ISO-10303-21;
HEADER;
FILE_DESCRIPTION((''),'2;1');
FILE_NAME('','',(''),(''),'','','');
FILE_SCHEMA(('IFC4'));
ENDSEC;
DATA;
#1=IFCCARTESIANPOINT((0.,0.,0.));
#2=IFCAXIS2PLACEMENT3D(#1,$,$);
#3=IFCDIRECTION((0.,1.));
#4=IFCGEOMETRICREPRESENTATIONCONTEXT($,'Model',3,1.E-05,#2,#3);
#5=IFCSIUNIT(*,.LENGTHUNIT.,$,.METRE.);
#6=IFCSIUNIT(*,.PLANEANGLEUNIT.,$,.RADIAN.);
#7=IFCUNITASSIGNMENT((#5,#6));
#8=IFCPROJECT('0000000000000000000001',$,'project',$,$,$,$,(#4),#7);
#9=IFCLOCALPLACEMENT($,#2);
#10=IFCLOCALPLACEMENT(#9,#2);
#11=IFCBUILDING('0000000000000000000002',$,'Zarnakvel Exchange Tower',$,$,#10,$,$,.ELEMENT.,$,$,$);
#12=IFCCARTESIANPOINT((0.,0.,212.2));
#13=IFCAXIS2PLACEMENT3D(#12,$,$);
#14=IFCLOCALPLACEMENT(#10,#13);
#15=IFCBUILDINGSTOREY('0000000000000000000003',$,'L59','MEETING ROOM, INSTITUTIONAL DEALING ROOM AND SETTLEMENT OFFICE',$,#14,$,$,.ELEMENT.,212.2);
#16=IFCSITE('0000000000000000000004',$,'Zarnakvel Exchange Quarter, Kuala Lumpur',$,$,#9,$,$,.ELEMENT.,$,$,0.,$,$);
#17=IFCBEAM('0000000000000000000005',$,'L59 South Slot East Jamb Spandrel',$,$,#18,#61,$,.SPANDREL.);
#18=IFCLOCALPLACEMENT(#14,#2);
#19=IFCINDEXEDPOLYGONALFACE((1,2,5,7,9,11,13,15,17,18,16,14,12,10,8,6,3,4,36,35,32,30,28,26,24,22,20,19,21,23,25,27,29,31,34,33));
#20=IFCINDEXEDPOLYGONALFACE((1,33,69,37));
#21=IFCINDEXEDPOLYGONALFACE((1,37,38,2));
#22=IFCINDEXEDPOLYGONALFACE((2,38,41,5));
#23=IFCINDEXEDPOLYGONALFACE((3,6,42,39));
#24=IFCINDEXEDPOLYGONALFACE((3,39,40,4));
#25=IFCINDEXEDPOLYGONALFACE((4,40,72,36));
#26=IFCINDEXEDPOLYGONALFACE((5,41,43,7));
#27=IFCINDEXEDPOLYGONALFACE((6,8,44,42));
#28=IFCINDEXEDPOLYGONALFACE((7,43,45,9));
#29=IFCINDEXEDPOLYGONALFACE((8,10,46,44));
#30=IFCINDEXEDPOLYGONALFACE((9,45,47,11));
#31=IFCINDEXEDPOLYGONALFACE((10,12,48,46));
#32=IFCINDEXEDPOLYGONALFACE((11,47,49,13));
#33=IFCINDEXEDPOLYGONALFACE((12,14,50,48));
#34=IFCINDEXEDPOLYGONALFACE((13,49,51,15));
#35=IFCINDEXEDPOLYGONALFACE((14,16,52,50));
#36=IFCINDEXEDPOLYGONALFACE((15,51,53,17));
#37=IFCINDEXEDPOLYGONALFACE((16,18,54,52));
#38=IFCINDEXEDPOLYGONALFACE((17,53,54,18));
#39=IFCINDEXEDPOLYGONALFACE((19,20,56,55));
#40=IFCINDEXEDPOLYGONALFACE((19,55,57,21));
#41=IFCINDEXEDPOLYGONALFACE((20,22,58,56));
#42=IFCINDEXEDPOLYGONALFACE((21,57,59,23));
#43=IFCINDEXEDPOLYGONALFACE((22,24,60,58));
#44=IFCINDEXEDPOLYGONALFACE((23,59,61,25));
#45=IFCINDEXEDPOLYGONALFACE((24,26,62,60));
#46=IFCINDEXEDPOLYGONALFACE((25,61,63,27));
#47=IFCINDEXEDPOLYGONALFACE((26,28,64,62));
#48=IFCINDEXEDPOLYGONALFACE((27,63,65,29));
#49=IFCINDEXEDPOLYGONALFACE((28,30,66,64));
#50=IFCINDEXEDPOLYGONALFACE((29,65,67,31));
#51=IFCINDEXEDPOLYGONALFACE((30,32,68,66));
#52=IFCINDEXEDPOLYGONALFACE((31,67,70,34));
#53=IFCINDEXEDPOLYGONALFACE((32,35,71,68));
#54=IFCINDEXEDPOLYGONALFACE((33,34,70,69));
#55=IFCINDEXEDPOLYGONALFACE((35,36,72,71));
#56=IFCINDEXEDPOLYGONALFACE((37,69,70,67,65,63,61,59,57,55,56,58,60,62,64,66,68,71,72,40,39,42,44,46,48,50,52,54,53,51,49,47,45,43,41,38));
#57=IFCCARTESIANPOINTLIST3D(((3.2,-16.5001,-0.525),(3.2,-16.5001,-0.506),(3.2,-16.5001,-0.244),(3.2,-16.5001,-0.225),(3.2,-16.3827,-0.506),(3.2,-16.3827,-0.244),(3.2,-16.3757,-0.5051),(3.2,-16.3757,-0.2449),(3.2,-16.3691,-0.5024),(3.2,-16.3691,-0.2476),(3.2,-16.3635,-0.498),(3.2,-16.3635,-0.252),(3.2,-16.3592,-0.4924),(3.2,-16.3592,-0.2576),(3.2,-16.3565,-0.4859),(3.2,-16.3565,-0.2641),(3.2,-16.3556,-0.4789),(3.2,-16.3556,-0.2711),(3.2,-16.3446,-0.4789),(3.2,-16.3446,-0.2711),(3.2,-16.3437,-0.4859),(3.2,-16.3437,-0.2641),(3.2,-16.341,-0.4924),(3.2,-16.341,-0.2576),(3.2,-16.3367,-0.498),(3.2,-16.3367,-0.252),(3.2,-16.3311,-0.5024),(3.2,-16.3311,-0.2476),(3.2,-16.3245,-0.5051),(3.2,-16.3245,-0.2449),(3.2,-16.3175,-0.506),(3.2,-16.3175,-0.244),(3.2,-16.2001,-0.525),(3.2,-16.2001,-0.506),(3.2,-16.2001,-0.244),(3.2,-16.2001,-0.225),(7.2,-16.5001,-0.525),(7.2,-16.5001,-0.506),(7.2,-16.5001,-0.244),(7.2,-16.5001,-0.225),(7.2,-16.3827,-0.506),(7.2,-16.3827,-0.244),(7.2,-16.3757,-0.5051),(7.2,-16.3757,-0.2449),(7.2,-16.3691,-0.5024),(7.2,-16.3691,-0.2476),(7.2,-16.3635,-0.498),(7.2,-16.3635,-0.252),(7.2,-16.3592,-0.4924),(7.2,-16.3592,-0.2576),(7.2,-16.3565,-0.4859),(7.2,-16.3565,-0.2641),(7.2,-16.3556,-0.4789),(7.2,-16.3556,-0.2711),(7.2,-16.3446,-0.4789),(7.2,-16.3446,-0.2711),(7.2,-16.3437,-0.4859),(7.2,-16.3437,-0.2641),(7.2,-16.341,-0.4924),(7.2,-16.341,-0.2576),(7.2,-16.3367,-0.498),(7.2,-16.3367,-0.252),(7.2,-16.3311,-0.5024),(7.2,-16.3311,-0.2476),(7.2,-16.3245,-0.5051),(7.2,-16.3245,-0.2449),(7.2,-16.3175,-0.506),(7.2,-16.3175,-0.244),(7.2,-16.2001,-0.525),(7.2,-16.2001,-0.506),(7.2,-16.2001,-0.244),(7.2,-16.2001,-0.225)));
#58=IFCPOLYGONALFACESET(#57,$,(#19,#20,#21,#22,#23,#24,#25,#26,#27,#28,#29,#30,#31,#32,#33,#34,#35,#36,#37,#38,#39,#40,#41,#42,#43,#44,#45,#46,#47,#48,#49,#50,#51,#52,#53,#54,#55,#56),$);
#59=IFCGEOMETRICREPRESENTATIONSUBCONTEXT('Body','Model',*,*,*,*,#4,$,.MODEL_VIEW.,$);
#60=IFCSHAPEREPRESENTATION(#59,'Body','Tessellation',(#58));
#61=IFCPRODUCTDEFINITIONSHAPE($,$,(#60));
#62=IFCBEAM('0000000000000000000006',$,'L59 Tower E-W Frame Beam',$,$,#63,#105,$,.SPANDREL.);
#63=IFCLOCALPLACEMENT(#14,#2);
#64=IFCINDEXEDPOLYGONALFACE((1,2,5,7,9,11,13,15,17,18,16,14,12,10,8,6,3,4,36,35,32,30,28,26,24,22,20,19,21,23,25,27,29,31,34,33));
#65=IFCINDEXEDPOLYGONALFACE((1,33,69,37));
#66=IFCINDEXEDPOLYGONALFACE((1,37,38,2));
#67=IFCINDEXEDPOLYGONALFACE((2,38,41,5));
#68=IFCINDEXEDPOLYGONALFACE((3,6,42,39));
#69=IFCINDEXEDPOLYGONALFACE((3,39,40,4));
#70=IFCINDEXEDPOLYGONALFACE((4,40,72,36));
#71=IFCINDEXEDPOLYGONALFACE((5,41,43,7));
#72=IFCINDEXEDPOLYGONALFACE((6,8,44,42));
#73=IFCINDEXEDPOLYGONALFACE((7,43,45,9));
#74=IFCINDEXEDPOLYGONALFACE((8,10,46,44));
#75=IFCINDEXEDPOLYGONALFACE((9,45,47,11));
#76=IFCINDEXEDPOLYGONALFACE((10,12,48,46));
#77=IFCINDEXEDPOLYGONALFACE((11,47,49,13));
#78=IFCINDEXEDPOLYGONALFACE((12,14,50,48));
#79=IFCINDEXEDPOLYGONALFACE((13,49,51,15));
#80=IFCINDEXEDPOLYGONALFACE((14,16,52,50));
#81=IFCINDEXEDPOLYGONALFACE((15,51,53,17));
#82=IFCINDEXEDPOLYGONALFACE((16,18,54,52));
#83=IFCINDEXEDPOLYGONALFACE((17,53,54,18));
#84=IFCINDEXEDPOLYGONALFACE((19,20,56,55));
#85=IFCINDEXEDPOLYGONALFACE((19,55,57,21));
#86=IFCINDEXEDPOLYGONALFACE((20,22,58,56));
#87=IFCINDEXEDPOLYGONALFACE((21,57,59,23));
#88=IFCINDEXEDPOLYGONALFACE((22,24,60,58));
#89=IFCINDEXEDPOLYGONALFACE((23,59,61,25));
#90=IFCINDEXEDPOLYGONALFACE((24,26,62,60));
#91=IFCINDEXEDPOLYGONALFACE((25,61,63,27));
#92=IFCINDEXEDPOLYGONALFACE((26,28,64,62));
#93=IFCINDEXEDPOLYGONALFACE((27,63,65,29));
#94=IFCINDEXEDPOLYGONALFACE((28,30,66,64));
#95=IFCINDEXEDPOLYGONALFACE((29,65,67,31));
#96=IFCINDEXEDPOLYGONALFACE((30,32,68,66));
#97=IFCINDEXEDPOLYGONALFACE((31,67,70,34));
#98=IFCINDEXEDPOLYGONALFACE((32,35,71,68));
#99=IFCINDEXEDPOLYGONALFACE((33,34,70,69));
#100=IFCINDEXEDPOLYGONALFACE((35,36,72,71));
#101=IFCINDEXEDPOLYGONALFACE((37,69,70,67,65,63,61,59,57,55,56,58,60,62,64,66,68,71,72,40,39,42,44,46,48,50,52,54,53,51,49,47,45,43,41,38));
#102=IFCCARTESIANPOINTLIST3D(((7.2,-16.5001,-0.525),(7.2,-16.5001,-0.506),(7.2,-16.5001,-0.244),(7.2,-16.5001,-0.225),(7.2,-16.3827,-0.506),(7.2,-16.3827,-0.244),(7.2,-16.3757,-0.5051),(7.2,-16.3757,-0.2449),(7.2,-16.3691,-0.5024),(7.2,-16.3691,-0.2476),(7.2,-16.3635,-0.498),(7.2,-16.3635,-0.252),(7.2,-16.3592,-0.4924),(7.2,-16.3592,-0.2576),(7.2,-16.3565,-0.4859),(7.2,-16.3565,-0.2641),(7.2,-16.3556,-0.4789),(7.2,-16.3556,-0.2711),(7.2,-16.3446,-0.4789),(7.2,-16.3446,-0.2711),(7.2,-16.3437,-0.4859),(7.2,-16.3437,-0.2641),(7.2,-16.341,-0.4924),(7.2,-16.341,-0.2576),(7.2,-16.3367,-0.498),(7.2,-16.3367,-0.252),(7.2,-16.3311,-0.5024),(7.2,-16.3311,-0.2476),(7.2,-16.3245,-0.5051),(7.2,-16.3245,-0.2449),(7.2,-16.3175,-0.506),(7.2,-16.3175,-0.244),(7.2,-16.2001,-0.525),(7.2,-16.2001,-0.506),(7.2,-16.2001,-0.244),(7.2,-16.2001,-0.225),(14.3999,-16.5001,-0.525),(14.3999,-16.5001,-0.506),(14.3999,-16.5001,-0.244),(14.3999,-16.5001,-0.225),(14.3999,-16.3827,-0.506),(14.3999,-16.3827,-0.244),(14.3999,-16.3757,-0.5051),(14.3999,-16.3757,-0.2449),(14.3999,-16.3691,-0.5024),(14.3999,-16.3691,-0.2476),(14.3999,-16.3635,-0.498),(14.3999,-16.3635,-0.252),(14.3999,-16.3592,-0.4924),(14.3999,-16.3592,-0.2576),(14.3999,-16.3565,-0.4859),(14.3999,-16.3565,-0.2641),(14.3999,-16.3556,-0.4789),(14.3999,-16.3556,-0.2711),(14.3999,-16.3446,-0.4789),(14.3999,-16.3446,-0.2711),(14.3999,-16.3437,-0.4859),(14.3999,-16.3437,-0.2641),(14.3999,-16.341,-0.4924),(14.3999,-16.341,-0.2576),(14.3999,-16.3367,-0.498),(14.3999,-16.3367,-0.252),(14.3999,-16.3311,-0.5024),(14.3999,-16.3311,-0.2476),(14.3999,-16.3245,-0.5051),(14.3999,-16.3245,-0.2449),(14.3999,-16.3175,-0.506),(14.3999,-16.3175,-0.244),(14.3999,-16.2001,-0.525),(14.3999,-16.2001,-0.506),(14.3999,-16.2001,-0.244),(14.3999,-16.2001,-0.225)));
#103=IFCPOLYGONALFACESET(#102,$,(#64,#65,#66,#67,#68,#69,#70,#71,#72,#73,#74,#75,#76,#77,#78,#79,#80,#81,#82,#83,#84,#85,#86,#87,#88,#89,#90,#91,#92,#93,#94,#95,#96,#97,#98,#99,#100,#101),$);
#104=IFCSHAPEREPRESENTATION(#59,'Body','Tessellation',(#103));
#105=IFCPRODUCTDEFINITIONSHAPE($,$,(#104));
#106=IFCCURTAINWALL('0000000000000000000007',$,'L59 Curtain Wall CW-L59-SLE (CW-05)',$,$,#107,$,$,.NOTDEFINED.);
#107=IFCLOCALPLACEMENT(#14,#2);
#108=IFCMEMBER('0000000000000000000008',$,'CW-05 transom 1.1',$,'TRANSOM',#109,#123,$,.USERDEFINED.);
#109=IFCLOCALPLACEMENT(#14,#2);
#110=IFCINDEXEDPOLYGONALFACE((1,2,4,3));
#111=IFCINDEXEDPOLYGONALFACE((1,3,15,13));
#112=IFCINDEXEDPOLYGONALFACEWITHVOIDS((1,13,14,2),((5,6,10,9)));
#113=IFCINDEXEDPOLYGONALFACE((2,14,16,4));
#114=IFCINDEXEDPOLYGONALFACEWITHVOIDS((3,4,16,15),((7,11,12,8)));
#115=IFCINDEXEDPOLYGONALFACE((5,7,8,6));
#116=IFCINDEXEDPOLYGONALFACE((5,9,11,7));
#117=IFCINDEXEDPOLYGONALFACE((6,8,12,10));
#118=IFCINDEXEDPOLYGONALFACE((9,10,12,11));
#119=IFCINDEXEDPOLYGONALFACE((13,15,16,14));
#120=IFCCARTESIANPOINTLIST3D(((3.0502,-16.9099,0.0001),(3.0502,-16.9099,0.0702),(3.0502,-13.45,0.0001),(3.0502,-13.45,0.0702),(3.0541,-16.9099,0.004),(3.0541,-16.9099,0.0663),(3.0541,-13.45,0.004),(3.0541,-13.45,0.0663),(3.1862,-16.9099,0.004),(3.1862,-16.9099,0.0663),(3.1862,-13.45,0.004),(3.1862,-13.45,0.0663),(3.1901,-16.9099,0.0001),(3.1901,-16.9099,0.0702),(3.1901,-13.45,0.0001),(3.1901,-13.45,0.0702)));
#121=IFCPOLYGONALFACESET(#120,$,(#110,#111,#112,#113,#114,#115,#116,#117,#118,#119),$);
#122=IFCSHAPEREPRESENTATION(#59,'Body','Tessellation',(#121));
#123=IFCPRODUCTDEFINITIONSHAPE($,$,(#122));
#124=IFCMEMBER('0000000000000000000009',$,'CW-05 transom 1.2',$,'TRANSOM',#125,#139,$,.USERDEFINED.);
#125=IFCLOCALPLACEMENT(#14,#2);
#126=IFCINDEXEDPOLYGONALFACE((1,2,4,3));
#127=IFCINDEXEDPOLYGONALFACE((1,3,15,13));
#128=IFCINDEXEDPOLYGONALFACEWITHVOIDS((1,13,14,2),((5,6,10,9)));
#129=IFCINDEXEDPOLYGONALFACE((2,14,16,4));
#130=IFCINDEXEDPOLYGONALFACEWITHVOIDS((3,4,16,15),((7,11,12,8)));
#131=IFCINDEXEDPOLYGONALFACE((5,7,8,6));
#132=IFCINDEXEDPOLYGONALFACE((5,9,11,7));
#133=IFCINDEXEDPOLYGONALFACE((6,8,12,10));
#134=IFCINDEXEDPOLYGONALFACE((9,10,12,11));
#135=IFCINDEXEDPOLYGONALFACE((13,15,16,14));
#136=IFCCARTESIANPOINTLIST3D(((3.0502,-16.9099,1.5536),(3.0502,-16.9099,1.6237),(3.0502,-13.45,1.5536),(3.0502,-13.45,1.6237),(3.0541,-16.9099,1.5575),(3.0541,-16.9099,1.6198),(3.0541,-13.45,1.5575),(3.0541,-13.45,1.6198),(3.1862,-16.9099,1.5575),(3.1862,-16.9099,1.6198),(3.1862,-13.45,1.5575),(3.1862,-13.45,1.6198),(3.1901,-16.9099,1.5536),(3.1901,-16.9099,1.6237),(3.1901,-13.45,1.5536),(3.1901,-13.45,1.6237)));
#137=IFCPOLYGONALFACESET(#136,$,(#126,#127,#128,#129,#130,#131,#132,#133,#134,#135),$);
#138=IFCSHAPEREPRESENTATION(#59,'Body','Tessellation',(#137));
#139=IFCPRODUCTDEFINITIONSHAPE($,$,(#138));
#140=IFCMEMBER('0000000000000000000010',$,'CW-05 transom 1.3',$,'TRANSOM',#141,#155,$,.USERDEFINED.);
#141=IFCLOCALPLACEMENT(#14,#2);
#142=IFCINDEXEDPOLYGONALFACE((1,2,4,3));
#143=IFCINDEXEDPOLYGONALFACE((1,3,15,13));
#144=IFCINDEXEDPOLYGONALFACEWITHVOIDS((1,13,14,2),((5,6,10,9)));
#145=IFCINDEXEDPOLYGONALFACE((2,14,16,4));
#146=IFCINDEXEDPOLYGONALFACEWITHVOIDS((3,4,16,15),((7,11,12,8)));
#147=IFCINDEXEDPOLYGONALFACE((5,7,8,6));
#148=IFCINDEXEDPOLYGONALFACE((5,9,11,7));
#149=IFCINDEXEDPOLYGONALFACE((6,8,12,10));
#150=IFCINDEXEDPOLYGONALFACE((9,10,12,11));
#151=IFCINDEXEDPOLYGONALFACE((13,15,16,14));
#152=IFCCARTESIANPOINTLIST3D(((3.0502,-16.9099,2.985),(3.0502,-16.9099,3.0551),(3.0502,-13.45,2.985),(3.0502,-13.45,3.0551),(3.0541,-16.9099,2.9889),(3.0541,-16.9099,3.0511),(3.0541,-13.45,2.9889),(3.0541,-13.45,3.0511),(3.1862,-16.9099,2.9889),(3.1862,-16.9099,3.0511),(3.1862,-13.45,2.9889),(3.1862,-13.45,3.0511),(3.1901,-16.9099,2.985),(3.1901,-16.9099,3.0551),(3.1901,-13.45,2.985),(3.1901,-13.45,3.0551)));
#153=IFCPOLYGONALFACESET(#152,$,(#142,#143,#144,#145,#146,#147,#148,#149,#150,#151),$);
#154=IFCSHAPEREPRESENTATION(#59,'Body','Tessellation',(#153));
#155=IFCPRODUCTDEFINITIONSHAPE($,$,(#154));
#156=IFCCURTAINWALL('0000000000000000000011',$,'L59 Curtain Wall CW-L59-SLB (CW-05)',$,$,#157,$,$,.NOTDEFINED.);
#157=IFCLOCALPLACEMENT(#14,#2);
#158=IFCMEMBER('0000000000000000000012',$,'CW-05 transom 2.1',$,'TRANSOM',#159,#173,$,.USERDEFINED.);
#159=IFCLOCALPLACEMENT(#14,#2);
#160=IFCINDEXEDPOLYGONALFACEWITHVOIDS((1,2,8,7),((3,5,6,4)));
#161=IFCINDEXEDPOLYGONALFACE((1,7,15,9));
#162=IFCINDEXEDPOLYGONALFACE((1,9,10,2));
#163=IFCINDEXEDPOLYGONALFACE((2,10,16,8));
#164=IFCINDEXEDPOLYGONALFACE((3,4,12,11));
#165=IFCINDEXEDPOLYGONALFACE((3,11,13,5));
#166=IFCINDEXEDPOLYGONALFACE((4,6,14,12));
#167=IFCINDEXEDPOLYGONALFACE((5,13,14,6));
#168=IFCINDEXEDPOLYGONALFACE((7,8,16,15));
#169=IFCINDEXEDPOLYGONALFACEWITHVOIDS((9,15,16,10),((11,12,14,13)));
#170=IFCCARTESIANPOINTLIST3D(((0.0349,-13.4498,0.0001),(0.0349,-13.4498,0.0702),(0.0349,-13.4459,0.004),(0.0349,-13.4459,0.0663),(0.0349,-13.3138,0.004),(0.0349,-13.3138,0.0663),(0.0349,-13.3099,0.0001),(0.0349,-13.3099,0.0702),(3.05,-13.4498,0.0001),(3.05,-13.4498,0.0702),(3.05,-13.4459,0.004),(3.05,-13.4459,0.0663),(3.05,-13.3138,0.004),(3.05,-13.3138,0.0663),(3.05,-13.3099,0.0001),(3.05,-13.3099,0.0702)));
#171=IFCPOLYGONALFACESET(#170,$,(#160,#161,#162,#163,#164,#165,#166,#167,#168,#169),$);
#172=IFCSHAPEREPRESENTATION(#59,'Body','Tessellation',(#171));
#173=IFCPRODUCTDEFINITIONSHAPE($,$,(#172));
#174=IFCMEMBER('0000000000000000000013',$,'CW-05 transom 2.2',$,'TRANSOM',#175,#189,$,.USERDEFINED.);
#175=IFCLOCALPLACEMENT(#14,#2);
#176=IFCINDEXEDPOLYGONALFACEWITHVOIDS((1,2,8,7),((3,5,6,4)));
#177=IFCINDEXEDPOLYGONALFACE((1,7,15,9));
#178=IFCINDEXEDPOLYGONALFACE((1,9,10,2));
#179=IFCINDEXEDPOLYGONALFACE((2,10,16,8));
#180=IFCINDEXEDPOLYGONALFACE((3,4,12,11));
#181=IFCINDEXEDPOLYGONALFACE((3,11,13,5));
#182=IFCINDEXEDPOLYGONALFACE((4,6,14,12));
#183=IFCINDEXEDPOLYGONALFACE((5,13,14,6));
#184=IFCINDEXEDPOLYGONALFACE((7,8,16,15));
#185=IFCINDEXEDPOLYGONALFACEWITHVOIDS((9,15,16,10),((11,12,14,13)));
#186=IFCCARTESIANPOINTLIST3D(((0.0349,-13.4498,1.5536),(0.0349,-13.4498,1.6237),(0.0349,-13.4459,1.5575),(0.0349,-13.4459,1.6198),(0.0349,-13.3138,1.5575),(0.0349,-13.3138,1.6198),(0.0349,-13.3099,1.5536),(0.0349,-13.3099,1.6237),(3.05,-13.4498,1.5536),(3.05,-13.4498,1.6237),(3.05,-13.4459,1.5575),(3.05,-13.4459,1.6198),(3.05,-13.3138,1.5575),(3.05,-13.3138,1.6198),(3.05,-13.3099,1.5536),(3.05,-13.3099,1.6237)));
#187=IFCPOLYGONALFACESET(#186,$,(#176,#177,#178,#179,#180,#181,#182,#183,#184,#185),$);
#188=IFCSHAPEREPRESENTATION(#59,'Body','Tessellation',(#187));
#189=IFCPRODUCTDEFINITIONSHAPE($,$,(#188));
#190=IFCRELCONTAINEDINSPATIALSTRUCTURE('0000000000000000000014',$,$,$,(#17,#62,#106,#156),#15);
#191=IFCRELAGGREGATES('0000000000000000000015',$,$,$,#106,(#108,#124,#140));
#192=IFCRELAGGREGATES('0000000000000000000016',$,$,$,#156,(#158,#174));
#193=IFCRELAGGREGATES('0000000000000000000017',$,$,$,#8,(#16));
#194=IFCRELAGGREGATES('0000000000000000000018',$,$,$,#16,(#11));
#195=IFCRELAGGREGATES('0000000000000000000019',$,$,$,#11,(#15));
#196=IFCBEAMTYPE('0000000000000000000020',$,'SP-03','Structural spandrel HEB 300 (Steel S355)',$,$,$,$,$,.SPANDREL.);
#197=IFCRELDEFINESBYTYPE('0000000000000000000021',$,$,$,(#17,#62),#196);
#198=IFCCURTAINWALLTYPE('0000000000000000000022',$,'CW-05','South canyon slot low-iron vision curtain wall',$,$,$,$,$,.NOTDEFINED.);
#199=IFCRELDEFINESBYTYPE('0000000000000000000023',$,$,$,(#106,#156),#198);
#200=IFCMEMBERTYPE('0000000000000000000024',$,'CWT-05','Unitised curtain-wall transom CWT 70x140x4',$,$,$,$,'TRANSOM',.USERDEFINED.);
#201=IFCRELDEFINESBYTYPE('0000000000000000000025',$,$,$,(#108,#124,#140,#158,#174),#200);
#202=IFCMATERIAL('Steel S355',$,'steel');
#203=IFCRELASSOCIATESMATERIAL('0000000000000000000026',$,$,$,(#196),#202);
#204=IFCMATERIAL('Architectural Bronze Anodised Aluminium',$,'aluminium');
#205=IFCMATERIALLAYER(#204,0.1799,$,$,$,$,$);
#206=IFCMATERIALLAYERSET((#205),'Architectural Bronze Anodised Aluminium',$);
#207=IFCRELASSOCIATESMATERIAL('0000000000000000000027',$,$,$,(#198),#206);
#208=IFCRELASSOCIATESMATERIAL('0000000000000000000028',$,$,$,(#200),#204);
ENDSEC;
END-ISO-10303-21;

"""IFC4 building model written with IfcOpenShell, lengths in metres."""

from ifc_helpers import new_model, si_unit, direction, frame, origin, origin_2d, place, context, subcontext, project, spatial, hollow_rectangle, i_section, extrude, source, transform, mapped, material, layer, layer_set, material_profile, profile_set, type_object, element, aggregate, save


model = new_model("IFC4")

# Units and contexts
model_context = context("Model", 3, precision=1e-05, world=origin(), true_north=direction((0.0, 1.0)))
body_context = subcontext(model_context, "Body", "Model", "MODEL_VIEW")
ifc_project = project(units=[si_unit("LENGTHUNIT", "METRE"), si_unit("PLANEANGLEUNIT", "RADIAN")], contexts=[model_context])

# Site, building, storey
site_placement = place(None, origin())
site = spatial("IfcSite", under=ifc_project, at=site_placement, Name="Zarnakvel Exchange Quarter, Kuala Lumpur", CompositionType="ELEMENT", RefElevation=0.0)
building_placement = place(site_placement, origin())
building = spatial("IfcBuilding", under=site, at=building_placement, Name="Zarnakvel Exchange Tower", CompositionType="ELEMENT")
storey_placement = place(building_placement, frame((0.0, 0.0, 212.2)))
storey = spatial("IfcBuildingStorey", under=building, at=storey_placement, Name="L59", Description="MEETING ROOM, INSTITUTIONAL DEALING ROOM AND SETTLEMENT OFFICE", CompositionType="ELEMENT", Elevation=212.2)

# Beams
ifc_material_1 = material(Name="Steel S355", Category="steel")
ifc_material_profile_1 = material_profile(ifc_material_1, i_section(OverallWidth=0.3, OverallDepth=0.3, WebThickness=0.011, FlangeThickness=0.019, FilletRadius=0.0271, at=origin_2d()))
ifc_profile_set_1 = profile_set([ifc_material_profile_1], Name="Steel S355")
beam_type_1 = type_object("IfcBeamType", Name="SP-03", Description="Structural spandrel HEB 300 (Steel S355)", PredefinedType="SPANDREL", material=ifc_profile_set_1)
beam_1_placement = place(storey_placement, frame((3.2, -16.3501, -0.375), z_axis=(1.0, 0.0, 0.0), x_axis=(0.0, 1.0, 0.0)))
element("IfcBeam", 1, at=beam_1_placement, inside=storey, type_object=beam_type_1, Name="L59 South Slot East Jamb Spandrel", PredefinedType="SPANDREL", context=body_context, shape_type="SweptSolid", body=[
    extrude(i_section(OverallWidth=0.3, OverallDepth=0.3, WebThickness=0.011, FlangeThickness=0.019, FilletRadius=0.0271, at=origin_2d()), origin(), (0.0, 0.0, 1.0), 4.0),
])
beam_2_placement = place(storey_placement, frame((7.2, -16.3501, -0.375), z_axis=(1.0, 0.0, 0.0), x_axis=(0.0, 1.0, 0.0)))
element("IfcBeam", 2, at=beam_2_placement, inside=storey, type_object=beam_type_1, Name="L59 Tower E-W Frame Beam", PredefinedType="SPANDREL", context=body_context, shape_type="SweptSolid", body=[
    extrude(i_section(OverallWidth=0.3, OverallDepth=0.3, WebThickness=0.011, FlangeThickness=0.019, FilletRadius=0.0271, at=origin_2d()), origin(), (0.0, 0.0, 1.0), 7.2),
])

# Curtain walls, members
ifc_material_2 = material(Name="Architectural Bronze Anodised Aluminium", Category="aluminium")
ifc_layer_1 = layer(ifc_material_2, 0.1799)
ifc_layer_set_1 = layer_set([ifc_layer_1], Name="Architectural Bronze Anodised Aluminium")
curtain_wall_type = type_object("IfcCurtainWallType", Name="CW-05", Description="South canyon slot low-iron vision curtain wall", PredefinedType="NOTDEFINED", material=ifc_layer_set_1)
curtain_wall_1_placement = place(storey_placement, origin())
curtain_wall_1 = element("IfcCurtainWall", 3, at=curtain_wall_1_placement, inside=storey, type_object=curtain_wall_type, Name="L59 Curtain Wall CW-L59-SLE (CW-05)", PredefinedType="NOTDEFINED")
ifc_material_profile_2 = material_profile(ifc_material_2, hollow_rectangle(XDim=0.1399, YDim=0.0701, WallThickness=0.0039, at=origin_2d()))
ifc_profile_set_2 = profile_set([ifc_material_profile_2], Name="Architectural Bronze Anodised Aluminium")
member_type_1 = type_object("IfcMemberType", Name="CWT-05", Description="Unitised curtain-wall transom CWT 70x140x4", ElementType="TRANSOM", PredefinedType="USERDEFINED", material=ifc_profile_set_2)
shared_shape_1 = source(origin(), body_context, "Body", "SweptSolid", [
    extrude(hollow_rectangle(XDim=0.1399, YDim=0.0701, WallThickness=0.0039, at=origin_2d()), origin(), (0.0, 0.0, 1.0), 3.46),
])
member_1_placement = place(storey_placement, frame((3.1201, -13.45, 0.0352), z_axis=(0.0, -1.0, 0.0), x_axis=(1.0, 0.0, 0.0)))
member_1 = element("IfcMember", 4, at=member_1_placement, type_object=member_type_1, Name="CW-05 transom 1.1", ObjectType="TRANSOM", PredefinedType="USERDEFINED", context=body_context, shape_type="MappedRepresentation", body=[
    mapped(shared_shape_1, transform((0.0, 0.0, 0.0), x_axis=(1.0, 0.0, 0.0), y_axis=(0.0, 1.0, 0.0), z_axis=(0.0, 0.0, 1.0), scale=1.0)),
])
member_2_placement = place(storey_placement, frame((3.1201, -13.45, 1.5886), z_axis=(0.0, -1.0, 0.0), x_axis=(1.0, 0.0, 0.0)))
member_2 = element("IfcMember", 5, at=member_2_placement, type_object=member_type_1, Name="CW-05 transom 1.2", ObjectType="TRANSOM", PredefinedType="USERDEFINED", context=body_context, shape_type="MappedRepresentation", body=[
    mapped(shared_shape_1, transform((0.0, 0.0, 0.0), x_axis=(1.0, 0.0, 0.0), y_axis=(0.0, 1.0, 0.0), z_axis=(0.0, 0.0, 1.0), scale=1.0)),
])
member_3_placement = place(storey_placement, frame((3.1201, -13.45, 3.02), z_axis=(0.0, -1.0, 0.0), x_axis=(1.0, 0.0, 0.0)))
member_3 = element("IfcMember", 6, at=member_3_placement, type_object=member_type_1, Name="CW-05 transom 1.3", ObjectType="TRANSOM", PredefinedType="USERDEFINED", context=body_context, shape_type="MappedRepresentation", body=[
    mapped(shared_shape_1, transform((0.0, 0.0, 0.0), x_axis=(1.0, 0.0, 0.0), y_axis=(0.0, 1.0, 0.0), z_axis=(0.0, 0.0, 1.0), scale=1.0)),
])
curtain_wall_2_placement = place(storey_placement, origin())
curtain_wall_2 = element("IfcCurtainWall", 7, at=curtain_wall_2_placement, inside=storey, type_object=curtain_wall_type, Name="L59 Curtain Wall CW-L59-SLB (CW-05)", PredefinedType="NOTDEFINED")
shared_shape_2 = source(origin(), body_context, "Body", "SweptSolid", [
    extrude(hollow_rectangle(XDim=0.1399, YDim=0.0701, WallThickness=0.0039, at=origin_2d()), origin(), (0.0, 0.0, 1.0), 3.0151),
])
member_4_placement = place(storey_placement, frame((0.0349, -13.3799, 0.0352), z_axis=(1.0, 0.0, 0.0), x_axis=(0.0, 1.0, 0.0)))
member_4 = element("IfcMember", 8, at=member_4_placement, type_object=member_type_1, Name="CW-05 transom 2.1", ObjectType="TRANSOM", PredefinedType="USERDEFINED", context=body_context, shape_type="MappedRepresentation", body=[
    mapped(shared_shape_2, transform((0.0, 0.0, 0.0), x_axis=(1.0, 0.0, 0.0), y_axis=(0.0, 1.0, 0.0), z_axis=(0.0, 0.0, 1.0), scale=1.0)),
])
member_5_placement = place(storey_placement, frame((0.0349, -13.3799, 1.5886), z_axis=(1.0, 0.0, 0.0), x_axis=(0.0, 1.0, 0.0)))
member_5 = element("IfcMember", 9, at=member_5_placement, type_object=member_type_1, Name="CW-05 transom 2.2", ObjectType="TRANSOM", PredefinedType="USERDEFINED", context=body_context, shape_type="MappedRepresentation", body=[
    mapped(shared_shape_2, transform((0.0, 0.0, 0.0), x_axis=(1.0, 0.0, 0.0), y_axis=(0.0, 1.0, 0.0), z_axis=(0.0, 0.0, 1.0), scale=1.0)),
])

aggregate(curtain_wall_1, [member_1, member_2, member_3])
aggregate(curtain_wall_2, [member_4, member_5])

save(model, "model.ifc")
